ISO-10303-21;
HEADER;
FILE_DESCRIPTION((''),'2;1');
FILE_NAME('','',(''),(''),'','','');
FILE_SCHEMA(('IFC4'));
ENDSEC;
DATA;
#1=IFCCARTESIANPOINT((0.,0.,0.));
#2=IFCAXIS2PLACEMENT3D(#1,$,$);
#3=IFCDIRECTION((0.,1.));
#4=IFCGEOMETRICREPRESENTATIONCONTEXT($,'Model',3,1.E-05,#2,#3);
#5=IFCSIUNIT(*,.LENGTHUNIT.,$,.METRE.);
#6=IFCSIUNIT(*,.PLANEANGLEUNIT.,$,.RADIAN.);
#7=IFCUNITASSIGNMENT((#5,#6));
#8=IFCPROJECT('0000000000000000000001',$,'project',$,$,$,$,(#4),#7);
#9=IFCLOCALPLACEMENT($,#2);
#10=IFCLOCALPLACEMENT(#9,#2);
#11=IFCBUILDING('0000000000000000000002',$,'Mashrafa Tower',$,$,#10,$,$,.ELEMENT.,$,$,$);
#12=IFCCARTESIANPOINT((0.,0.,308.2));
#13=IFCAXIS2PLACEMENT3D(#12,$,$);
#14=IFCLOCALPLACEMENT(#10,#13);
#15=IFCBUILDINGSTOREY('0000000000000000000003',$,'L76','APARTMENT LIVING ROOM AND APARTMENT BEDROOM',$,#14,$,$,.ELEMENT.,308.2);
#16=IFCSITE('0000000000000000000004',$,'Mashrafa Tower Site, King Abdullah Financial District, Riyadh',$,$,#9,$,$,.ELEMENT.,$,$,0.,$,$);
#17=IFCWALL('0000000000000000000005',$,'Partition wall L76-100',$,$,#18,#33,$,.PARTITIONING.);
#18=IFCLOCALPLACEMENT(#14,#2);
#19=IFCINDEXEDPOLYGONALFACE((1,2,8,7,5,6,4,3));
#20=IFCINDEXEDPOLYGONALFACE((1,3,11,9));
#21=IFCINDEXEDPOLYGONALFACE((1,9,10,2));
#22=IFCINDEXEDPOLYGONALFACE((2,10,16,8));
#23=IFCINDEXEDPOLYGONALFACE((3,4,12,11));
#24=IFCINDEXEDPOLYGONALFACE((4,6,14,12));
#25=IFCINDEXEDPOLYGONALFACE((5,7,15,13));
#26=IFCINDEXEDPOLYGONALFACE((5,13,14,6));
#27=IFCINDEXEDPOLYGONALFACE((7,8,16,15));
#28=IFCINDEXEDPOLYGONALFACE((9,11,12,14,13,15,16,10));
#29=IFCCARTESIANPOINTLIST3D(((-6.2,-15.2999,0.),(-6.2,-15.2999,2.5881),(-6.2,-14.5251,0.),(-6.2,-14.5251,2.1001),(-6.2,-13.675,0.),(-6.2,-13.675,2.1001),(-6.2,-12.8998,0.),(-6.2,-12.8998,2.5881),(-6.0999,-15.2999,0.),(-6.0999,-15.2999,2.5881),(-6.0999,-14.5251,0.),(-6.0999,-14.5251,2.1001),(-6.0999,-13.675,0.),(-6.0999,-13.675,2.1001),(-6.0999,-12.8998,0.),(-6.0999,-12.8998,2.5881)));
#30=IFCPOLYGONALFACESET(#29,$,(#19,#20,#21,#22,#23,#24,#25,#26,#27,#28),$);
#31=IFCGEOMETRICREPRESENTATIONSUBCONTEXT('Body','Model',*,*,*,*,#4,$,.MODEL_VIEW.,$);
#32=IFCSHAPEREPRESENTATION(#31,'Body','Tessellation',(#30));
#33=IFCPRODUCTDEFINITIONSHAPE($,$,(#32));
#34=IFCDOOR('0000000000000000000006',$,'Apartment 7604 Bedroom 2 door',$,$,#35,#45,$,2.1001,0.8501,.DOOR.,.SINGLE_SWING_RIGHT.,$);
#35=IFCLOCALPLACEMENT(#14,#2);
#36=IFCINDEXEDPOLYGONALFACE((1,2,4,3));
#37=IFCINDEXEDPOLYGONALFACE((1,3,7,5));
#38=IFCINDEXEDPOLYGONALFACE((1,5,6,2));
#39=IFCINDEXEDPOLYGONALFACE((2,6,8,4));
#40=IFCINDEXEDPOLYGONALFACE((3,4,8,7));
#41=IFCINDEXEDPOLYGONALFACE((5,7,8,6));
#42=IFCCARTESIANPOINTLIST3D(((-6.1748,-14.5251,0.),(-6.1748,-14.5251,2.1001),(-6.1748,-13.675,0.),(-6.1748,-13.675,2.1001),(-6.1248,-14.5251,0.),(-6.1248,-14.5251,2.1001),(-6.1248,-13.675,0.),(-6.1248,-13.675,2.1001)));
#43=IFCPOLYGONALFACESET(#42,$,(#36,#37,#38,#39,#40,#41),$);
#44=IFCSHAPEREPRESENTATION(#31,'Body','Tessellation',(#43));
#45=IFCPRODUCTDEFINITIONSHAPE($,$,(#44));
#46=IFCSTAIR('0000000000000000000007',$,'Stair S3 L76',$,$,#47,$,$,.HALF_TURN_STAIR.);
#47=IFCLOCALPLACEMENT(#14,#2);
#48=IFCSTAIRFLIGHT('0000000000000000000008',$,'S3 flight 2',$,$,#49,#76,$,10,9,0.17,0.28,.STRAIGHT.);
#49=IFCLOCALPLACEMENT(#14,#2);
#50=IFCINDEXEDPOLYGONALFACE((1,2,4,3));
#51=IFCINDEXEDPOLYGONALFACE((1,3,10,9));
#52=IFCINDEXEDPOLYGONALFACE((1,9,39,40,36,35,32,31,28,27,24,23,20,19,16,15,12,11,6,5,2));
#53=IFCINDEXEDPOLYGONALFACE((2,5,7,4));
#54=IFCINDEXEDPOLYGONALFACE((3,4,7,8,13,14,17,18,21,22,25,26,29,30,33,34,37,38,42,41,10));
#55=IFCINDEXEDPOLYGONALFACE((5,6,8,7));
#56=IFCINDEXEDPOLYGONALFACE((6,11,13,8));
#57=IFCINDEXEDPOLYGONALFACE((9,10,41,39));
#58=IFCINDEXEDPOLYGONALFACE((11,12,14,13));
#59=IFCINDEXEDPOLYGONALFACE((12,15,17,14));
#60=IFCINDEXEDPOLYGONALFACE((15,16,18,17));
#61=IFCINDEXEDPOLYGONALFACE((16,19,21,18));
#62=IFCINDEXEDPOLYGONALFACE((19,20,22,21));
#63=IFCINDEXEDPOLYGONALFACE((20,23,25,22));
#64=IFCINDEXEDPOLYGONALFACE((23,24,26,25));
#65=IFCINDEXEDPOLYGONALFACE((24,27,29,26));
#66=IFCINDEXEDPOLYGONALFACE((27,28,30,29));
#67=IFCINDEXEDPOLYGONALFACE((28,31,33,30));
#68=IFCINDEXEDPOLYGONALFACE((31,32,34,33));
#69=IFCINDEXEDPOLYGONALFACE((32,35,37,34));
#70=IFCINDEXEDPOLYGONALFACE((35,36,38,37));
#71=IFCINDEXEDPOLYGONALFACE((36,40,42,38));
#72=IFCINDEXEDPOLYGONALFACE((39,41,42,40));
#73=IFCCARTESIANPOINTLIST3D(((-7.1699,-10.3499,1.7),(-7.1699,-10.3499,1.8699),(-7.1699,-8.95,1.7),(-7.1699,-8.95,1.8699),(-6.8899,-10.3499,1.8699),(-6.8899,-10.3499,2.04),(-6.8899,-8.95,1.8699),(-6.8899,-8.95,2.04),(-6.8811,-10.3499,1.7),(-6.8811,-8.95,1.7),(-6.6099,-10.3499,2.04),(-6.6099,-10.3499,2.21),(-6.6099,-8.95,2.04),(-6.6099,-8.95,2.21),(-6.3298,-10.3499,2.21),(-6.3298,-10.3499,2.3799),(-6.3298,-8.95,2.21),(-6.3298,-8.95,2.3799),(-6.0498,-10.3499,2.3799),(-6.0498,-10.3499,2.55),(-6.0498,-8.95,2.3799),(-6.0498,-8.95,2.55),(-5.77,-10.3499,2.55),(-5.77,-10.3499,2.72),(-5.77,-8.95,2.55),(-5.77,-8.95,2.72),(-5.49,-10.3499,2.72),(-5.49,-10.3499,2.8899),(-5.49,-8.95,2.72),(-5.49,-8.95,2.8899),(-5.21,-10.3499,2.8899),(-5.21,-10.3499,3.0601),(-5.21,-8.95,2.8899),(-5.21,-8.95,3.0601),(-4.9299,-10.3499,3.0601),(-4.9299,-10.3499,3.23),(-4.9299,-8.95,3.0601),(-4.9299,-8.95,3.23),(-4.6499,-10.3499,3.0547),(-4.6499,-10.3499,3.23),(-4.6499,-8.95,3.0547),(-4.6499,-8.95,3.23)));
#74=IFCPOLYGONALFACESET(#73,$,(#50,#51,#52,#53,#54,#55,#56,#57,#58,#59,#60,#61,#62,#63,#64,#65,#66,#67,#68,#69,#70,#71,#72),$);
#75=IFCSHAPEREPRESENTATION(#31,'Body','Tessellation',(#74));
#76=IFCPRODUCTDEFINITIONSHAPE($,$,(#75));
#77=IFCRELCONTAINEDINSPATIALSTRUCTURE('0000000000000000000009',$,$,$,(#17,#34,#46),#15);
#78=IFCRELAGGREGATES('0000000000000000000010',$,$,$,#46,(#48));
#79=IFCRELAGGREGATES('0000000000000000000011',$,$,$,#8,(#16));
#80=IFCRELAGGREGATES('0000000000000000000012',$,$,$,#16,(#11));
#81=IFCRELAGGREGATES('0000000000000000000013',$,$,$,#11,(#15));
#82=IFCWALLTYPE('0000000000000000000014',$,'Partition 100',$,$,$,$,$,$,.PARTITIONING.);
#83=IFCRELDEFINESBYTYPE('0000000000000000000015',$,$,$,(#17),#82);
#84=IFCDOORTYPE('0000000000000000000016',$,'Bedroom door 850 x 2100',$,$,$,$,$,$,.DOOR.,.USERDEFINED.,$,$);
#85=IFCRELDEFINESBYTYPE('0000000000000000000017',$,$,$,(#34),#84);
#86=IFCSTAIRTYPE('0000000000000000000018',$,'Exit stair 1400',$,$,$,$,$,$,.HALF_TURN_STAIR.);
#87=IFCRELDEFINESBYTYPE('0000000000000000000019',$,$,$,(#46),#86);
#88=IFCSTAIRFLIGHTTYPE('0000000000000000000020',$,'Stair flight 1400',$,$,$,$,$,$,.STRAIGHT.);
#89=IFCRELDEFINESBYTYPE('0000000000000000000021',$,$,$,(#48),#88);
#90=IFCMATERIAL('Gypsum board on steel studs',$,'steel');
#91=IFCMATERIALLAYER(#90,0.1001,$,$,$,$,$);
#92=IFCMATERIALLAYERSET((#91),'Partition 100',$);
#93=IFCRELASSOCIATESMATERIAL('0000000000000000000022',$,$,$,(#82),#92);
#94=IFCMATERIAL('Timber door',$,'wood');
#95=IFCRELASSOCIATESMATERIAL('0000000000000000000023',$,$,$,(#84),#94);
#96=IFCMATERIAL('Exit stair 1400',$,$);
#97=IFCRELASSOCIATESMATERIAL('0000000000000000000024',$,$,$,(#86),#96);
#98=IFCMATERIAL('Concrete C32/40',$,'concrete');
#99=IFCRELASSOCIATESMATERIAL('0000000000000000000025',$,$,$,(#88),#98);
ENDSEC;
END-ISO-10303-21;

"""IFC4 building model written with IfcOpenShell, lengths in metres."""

from ifc_helpers import new_model, si_unit, direction, frame, frame_2d, origin, place, context, subcontext, project, spatial, polyline, rectangle, outline, extrude, material, layer, layer_set, type_object, element, fill, aggregate, save


model = new_model("IFC4")

# Units and contexts
model_context = context("Model", 3, precision=1e-05, world=origin(), true_north=direction((0.0, 1.0)))
body_context = subcontext(model_context, "Body", "Model", "MODEL_VIEW")
ifc_project = project(units=[si_unit("LENGTHUNIT", "METRE"), si_unit("PLANEANGLEUNIT", "RADIAN")], contexts=[model_context])

# Site, building, storey
site_placement = place(None, origin())
site = spatial("IfcSite", under=ifc_project, at=site_placement, Name="Mashrafa Tower Site, King Abdullah Financial District, Riyadh", CompositionType="ELEMENT", RefElevation=0.0)
building_placement = place(site_placement, origin())
building = spatial("IfcBuilding", under=site, at=building_placement, Name="Mashrafa Tower", CompositionType="ELEMENT")
storey_placement = place(building_placement, frame((0.0, 0.0, 308.2)))
storey = spatial("IfcBuildingStorey", under=building, at=storey_placement, Name="L76", Description="APARTMENT LIVING ROOM AND APARTMENT BEDROOM", CompositionType="ELEMENT", Elevation=308.2)

# Shared definitions
ifc_material_1 = material(Name="Gypsum board on steel studs", Category="steel")
ifc_layer_1 = layer(ifc_material_1, 0.1001)
ifc_layer_set_1 = layer_set([ifc_layer_1], Name="Partition 100")
wall_type_1 = type_object("IfcWallType", Name="Partition 100", PredefinedType="PARTITIONING", material=ifc_layer_set_1)

# Wall, opening, door
ifc_material_2 = material(Name="Timber door", Category="wood")
door_type_1 = type_object("IfcDoorType", Name="Bedroom door 850 x 2100", OperationType="USERDEFINED", PredefinedType="DOOR", material=ifc_material_2)
wall_1_placement = place(storey_placement, frame((-6.1499, -15.3, 0.0), z_axis=(0.0, 0.0, 1.0), x_axis=(0.0, 1.0, 0.0)))
wall_1 = element("IfcWall", 1, at=wall_1_placement, inside=storey, type_object=wall_type_1, Name="Partition wall L76-100", PredefinedType="PARTITIONING", context=body_context, shape_type="SweptSolid", body=[
    extrude(rectangle(XDim=2.4001, YDim=0.1001, at=frame_2d((1.2002, 0.0))), origin(), (0.0, 0.0, 1.0), 2.5881),
])
opening_1_placement = place(wall_1_placement, frame((0.7749, 0.0, 0.0)))
opening_1 = element("IfcOpeningElement", 2, at=opening_1_placement, cuts=wall_1, PredefinedType="OPENING", context=body_context, shape_type="SweptSolid", body=[
    extrude(rectangle(XDim=0.8501, YDim=2.1001, at=frame_2d((0.425, 1.05))), frame((0.0, 0.0601, 0.0), z_axis=(0.0, -1.0, 0.0), x_axis=(1.0, 0.0, 0.0)), (0.0, 0.0, 1.0), 0.1201),
])
door_1_placement = place(opening_1_placement, origin())
door_1 = element("IfcDoor", 3, at=door_1_placement, inside=storey, type_object=door_type_1, Name="Apartment 7604 Bedroom 2 door", OperationType="SINGLE_SWING_RIGHT", OverallHeight=2.1001, OverallWidth=0.8501, PredefinedType="DOOR", context=body_context, shape_type="SweptSolid", body=[
    extrude(rectangle(XDim=0.8501, YDim=2.1001, at=frame_2d((0.425, 1.05))), frame((0.0, 0.0249, 0.0), z_axis=(0.0, -1.0, 0.0), x_axis=(1.0, 0.0, 0.0)), (0.0, 0.0, 1.0), 0.05),
])
fill(opening_1, door_1)

# Stair, stair flight
ifc_material_3 = material(Name="Exit stair 1400")
stair_type = type_object("IfcStairType", Name="Exit stair 1400", PredefinedType="HALF_TURN_STAIR", material=ifc_material_3)
stair_placement = place(storey_placement, origin())
stair = element("IfcStair", 4, at=stair_placement, inside=storey, type_object=stair_type, Name="Stair S3 L76", PredefinedType="HALF_TURN_STAIR")
ifc_material_4 = material(Name="Concrete C32/40", Category="concrete")
stair_flight_type = type_object("IfcStairFlightType", Name="Stair flight 1400", PredefinedType="STRAIGHT", material=ifc_material_4)
stair_flight_placement = place(storey_placement, frame((-7.1699, -9.6499, 1.7), z_axis=(0.0, 0.0, 1.0), x_axis=(1.0, 0.0, 0.0)))
stair_flight = element("IfcStairFlight", 5, at=stair_flight_placement, type_object=stair_flight_type, Name="S3 flight 2", NumberOfRisers=10, NumberOfTreads=9, PredefinedType="STRAIGHT", RiserHeight=0.17, TreadLength=0.28, context=body_context, shape_type="SweptSolid", body=[
    extrude(outline(polyline([(0.0, 0.0), (0.0, 0.1699), (0.28, 0.1699), (0.28, 0.3401), (0.5601, 0.3401), (0.5601, 0.51), (0.8401, 0.51), (0.8401, 0.6799), (1.1201, 0.6799), (1.1201, 0.8501), (1.3999, 0.8501), (1.3999, 1.02), (1.6799, 1.02), (1.6799, 1.1899), (1.96, 1.1899), (1.96, 1.3601), (2.24, 1.3601), (2.24, 1.53), (2.52, 1.53), (2.52, 1.7), (2.52, 1.3547), (0.2888, 0.0), (0.0, 0.0)])), frame((0.0, 0.7, 0.0), z_axis=(0.0, -1.0, 0.0), x_axis=(1.0, 0.0, 0.0)), (0.0, 0.0, 1.0), 1.3999),
])
aggregate(stair, [stair_flight])

save(model, "model.ifc")
